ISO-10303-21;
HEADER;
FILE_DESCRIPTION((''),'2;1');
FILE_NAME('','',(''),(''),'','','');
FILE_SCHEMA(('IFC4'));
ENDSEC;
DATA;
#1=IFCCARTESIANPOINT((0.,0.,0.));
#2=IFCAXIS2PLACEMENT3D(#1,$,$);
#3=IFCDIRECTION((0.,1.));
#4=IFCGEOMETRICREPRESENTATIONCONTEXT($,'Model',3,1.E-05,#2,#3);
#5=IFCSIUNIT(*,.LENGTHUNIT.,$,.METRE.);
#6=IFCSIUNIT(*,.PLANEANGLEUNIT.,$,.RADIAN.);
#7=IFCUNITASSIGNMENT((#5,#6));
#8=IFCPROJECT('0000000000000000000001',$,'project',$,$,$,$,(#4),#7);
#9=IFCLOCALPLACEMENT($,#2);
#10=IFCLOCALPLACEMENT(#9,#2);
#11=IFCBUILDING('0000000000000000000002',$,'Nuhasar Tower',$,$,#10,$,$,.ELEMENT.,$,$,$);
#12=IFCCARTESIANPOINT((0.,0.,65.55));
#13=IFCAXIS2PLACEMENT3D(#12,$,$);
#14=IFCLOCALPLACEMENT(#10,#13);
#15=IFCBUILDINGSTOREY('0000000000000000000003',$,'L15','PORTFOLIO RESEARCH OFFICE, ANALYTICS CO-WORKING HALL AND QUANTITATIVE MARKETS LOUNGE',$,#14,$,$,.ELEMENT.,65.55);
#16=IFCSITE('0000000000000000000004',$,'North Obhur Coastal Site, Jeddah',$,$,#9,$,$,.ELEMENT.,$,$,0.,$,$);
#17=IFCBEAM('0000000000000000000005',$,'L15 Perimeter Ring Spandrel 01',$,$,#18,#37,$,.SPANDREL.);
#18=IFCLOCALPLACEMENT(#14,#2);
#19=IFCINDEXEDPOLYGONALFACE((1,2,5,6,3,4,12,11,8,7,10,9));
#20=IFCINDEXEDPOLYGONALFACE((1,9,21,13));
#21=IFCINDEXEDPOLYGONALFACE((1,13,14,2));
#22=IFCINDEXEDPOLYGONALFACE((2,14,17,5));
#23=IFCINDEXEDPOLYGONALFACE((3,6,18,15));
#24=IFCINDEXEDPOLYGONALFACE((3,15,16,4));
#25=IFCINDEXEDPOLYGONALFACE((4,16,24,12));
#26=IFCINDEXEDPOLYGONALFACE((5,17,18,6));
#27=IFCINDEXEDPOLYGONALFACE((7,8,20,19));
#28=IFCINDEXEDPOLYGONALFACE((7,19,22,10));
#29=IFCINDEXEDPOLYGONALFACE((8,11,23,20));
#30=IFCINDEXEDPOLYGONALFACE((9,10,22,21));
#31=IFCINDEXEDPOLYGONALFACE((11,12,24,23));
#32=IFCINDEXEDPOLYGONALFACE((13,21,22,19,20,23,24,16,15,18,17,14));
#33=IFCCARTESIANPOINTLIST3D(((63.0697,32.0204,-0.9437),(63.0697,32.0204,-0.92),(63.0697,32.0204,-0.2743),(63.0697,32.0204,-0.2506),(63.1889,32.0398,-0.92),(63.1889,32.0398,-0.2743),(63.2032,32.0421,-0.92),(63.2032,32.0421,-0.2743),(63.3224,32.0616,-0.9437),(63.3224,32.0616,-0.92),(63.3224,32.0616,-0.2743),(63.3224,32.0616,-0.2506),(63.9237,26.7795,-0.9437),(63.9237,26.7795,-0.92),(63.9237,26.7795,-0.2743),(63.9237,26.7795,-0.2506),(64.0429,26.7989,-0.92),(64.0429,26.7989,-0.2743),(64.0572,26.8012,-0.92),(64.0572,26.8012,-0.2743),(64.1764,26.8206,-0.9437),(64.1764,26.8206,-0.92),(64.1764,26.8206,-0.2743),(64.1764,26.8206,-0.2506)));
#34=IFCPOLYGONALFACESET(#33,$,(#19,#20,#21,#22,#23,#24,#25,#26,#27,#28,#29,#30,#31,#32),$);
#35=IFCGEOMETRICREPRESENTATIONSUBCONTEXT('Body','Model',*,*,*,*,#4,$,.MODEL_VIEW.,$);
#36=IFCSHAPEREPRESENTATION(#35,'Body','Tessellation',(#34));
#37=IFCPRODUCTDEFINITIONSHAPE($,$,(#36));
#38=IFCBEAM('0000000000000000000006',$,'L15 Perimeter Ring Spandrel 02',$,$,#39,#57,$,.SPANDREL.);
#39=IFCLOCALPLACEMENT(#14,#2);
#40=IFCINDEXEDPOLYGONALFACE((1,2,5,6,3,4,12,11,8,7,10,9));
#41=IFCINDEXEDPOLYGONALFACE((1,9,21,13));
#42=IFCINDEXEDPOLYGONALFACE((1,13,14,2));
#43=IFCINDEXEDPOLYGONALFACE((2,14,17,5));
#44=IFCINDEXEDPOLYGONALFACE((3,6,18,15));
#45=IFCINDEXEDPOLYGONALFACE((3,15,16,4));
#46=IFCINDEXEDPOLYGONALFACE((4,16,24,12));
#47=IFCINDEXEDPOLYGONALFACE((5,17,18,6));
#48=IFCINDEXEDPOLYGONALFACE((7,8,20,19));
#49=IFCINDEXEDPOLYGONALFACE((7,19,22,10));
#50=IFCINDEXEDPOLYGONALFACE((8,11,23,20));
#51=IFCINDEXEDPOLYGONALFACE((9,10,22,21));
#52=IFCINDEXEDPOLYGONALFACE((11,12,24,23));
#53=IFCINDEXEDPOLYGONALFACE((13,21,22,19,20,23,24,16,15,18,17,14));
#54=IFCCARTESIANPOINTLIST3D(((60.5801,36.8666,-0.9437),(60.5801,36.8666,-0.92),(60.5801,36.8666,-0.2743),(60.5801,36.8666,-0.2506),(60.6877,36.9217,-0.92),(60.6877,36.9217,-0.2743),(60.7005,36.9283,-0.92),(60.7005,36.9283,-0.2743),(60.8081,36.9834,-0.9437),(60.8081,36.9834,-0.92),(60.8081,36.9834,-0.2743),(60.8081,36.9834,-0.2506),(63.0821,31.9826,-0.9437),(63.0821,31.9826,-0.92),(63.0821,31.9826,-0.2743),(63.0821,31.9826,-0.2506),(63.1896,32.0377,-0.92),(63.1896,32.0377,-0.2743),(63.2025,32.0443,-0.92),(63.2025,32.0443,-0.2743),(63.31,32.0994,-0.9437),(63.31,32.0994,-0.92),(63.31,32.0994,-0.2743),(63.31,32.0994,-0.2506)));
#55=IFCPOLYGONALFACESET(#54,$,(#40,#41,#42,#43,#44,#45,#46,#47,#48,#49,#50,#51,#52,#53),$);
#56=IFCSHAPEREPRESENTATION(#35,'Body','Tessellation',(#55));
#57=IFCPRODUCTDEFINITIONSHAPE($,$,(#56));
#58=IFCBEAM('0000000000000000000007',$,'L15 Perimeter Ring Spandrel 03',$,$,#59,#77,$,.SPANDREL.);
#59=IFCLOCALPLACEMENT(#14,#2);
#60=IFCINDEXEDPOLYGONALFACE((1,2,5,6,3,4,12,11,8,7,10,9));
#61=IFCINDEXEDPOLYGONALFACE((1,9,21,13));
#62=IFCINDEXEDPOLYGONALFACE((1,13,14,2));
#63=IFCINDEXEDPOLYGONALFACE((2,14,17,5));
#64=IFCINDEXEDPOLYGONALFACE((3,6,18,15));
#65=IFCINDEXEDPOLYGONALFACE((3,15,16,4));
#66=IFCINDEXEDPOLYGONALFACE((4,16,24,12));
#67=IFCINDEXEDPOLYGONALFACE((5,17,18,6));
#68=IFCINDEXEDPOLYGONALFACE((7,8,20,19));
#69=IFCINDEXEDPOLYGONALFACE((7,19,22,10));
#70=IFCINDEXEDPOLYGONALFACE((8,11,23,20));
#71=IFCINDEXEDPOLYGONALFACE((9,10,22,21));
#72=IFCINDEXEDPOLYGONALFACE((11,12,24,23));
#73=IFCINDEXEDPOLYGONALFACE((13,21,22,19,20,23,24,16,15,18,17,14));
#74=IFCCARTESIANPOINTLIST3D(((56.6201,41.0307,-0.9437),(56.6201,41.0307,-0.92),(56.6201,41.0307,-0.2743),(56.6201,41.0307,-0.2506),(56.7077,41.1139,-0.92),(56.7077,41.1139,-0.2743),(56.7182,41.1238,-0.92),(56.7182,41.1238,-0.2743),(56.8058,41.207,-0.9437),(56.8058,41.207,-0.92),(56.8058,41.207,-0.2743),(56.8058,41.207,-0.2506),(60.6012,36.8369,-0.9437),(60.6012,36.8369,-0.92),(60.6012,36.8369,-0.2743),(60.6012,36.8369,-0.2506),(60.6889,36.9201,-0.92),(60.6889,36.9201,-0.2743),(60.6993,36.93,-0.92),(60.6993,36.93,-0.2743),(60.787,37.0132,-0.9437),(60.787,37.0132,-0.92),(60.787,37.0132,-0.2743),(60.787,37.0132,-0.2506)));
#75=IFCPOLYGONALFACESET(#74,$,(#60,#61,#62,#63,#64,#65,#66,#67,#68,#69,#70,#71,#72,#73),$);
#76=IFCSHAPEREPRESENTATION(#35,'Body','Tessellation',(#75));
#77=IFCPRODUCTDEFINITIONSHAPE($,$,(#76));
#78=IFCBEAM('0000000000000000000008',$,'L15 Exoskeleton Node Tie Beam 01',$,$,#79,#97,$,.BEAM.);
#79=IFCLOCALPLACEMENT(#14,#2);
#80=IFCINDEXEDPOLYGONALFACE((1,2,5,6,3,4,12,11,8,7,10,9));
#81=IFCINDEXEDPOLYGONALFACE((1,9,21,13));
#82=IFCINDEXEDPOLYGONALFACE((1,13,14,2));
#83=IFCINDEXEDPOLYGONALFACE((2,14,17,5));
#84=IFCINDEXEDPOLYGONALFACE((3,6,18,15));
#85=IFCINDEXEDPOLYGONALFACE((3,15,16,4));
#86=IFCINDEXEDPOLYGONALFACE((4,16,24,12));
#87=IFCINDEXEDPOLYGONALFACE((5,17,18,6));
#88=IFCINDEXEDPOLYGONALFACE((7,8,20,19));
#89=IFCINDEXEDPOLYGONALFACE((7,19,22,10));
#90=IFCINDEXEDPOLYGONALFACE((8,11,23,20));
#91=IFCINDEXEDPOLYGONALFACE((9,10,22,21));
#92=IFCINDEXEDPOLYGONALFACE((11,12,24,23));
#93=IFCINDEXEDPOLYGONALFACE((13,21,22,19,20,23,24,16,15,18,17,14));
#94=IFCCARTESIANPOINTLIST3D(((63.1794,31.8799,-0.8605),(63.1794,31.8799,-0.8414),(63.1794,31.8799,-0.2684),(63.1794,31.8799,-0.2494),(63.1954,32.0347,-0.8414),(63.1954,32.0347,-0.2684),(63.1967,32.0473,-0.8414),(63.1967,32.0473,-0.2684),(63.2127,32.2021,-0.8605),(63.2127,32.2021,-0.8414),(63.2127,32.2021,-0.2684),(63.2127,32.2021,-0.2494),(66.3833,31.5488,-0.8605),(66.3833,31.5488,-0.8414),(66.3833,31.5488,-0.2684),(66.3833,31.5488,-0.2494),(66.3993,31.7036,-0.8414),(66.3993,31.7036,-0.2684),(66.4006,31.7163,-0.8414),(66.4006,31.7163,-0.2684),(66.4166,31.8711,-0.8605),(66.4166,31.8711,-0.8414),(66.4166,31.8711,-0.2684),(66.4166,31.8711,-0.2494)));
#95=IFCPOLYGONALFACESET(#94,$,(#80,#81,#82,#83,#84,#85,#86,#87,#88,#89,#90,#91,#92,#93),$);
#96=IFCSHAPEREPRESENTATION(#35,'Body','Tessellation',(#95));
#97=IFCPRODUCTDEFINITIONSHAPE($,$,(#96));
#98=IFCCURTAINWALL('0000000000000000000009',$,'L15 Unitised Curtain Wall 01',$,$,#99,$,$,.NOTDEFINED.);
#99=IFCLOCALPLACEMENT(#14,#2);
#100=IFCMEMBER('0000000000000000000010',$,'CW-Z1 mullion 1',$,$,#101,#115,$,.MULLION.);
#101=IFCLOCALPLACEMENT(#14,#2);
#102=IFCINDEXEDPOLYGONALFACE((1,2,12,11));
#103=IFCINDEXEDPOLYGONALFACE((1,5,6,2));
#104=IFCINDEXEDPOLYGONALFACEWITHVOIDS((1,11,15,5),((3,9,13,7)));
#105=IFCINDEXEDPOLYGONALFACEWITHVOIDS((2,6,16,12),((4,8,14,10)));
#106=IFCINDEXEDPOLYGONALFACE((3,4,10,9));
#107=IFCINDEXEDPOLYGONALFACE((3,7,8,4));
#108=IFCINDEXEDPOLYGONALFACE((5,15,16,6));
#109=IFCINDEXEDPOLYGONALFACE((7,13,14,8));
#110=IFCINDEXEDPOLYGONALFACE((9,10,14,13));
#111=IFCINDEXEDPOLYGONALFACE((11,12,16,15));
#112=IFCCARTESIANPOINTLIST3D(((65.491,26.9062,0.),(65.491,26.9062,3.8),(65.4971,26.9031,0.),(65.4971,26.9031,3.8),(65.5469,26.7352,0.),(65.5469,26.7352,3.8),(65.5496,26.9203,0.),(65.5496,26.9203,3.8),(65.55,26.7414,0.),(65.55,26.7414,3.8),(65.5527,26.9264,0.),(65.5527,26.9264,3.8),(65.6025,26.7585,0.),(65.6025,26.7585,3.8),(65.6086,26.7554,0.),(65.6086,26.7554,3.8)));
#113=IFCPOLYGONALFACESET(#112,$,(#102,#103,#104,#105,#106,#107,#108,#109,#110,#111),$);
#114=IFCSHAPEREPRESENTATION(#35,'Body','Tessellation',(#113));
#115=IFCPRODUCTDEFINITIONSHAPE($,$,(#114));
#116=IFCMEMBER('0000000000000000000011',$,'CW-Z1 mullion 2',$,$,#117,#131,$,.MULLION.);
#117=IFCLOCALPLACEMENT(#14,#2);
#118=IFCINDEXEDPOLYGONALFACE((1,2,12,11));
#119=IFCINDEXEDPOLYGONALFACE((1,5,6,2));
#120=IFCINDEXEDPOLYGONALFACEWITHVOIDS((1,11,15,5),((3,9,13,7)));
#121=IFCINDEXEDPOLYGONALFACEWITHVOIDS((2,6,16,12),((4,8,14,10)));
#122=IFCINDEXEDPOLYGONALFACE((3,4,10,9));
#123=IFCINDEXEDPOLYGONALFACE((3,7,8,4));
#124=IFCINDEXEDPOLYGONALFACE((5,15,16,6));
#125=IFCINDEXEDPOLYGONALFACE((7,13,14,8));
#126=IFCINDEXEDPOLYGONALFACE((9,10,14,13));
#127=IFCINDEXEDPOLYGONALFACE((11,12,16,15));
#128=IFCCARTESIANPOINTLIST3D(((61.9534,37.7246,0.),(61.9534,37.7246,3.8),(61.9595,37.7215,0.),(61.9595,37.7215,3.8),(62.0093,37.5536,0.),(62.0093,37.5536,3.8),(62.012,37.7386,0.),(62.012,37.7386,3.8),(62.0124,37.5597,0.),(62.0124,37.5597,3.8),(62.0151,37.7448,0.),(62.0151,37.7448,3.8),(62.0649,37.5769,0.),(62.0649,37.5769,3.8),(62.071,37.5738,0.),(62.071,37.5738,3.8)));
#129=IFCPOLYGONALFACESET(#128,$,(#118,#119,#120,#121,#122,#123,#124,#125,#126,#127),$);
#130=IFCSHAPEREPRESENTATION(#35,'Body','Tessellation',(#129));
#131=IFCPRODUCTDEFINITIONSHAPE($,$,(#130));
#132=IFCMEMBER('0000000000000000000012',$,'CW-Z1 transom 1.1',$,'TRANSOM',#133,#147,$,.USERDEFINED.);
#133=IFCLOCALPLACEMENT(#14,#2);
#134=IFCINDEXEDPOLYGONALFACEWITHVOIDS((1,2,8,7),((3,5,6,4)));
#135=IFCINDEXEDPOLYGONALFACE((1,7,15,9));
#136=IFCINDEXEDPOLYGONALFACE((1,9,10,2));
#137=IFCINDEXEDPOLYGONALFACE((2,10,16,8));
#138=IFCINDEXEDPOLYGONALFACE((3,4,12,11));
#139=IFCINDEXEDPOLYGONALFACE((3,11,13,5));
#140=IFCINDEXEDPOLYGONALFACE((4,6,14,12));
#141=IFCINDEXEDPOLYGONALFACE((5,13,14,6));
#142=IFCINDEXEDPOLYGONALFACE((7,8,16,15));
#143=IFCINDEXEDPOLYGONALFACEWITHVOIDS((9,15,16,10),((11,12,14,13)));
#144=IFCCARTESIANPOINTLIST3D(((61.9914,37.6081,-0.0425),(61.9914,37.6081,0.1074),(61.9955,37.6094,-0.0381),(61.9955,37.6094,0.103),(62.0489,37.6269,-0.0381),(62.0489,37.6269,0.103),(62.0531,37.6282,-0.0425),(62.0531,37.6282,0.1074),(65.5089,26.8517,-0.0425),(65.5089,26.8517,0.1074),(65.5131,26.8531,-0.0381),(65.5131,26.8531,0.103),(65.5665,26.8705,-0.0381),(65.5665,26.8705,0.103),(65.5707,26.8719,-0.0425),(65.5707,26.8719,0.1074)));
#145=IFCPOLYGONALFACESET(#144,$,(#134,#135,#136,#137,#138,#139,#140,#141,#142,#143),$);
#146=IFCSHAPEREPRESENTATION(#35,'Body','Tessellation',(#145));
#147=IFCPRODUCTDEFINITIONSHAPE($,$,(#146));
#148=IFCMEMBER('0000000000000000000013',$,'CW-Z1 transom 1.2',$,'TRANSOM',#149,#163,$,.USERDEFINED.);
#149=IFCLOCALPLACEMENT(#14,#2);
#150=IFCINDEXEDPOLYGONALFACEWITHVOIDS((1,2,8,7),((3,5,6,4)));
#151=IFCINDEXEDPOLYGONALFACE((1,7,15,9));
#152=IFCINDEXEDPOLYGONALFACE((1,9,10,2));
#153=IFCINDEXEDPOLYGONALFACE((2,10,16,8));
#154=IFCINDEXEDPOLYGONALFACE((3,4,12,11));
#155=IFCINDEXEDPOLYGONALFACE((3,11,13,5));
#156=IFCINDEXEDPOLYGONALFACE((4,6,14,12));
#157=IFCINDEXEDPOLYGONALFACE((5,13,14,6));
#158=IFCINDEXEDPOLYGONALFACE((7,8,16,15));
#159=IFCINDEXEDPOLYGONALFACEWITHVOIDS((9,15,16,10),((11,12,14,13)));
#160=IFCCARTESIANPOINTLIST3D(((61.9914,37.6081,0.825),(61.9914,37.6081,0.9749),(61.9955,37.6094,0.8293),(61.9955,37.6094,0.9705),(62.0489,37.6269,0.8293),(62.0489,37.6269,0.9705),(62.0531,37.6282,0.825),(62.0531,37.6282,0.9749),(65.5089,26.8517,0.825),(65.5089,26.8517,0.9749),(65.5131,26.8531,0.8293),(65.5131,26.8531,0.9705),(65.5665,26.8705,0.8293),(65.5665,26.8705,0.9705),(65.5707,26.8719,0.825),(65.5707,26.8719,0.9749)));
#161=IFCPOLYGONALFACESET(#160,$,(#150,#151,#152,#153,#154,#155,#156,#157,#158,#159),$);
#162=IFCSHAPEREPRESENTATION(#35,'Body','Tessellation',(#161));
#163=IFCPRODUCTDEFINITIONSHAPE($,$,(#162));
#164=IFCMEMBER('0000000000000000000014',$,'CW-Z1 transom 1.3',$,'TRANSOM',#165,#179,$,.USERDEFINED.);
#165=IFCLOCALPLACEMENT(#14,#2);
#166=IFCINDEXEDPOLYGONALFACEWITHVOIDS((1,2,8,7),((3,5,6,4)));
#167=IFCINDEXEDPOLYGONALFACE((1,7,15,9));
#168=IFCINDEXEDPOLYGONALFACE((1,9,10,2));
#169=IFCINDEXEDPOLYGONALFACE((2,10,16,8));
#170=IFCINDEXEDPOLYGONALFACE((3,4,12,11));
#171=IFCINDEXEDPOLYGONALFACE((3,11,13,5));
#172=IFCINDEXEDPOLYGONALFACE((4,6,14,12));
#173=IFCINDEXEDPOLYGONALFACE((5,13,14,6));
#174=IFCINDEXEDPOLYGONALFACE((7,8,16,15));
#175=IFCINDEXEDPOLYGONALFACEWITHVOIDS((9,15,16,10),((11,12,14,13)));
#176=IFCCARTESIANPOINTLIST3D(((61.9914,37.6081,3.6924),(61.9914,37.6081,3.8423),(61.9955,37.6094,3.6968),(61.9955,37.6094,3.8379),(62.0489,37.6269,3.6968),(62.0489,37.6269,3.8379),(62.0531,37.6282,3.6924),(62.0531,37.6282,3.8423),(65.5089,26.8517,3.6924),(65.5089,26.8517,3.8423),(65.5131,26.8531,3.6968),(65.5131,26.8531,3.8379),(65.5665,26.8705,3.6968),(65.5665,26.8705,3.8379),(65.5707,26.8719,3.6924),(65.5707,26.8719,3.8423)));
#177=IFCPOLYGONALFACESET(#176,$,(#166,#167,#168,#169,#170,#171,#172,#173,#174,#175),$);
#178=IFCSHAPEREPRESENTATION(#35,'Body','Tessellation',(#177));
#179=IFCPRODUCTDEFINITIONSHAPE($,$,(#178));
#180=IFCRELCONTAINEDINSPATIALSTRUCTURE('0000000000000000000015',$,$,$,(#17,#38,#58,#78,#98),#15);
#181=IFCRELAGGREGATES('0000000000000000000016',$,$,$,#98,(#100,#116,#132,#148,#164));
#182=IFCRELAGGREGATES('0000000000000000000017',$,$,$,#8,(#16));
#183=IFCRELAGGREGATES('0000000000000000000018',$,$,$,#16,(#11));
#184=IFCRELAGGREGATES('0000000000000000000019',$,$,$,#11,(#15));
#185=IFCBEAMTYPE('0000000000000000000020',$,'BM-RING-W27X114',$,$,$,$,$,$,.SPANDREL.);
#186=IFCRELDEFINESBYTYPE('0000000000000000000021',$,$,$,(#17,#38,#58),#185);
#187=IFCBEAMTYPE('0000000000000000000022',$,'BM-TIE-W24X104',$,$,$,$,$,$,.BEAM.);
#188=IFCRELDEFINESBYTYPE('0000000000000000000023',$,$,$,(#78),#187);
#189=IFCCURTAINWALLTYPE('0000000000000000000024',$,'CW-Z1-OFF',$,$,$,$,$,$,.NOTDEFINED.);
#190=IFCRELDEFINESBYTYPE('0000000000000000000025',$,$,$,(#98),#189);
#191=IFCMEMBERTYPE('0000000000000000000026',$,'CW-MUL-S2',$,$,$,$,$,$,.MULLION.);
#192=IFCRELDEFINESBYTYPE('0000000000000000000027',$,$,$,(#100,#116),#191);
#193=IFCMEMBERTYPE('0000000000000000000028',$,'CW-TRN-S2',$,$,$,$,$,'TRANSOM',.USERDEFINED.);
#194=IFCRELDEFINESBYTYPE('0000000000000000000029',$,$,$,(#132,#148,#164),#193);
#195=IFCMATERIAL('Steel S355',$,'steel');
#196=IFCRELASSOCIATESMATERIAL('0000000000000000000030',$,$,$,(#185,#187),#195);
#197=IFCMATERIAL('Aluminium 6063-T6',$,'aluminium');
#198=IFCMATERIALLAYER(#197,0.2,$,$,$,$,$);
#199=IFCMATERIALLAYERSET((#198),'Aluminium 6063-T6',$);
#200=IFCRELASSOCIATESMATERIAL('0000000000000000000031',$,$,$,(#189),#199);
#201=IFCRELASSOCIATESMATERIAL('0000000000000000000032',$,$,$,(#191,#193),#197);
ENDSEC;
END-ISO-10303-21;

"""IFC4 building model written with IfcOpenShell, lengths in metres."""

from ifc_helpers import new_model, si_unit, direction, frame, origin, origin_2d, place, context, subcontext, project, spatial, hollow_rectangle, i_section, extrude, material, layer, layer_set, material_profile, profile_set, type_object, element, aggregate, save


model = new_model("IFC4")

# Units and contexts
model_context = context("Model", 3, precision=1e-05, world=origin(), true_north=direction((0.0, 1.0)))
body_context = subcontext(model_context, "Body", "Model", "MODEL_VIEW")
ifc_project = project(units=[si_unit("LENGTHUNIT", "METRE"), si_unit("PLANEANGLEUNIT", "RADIAN")], contexts=[model_context])

# Site, building, storey
site_placement = place(None, origin())
site = spatial("IfcSite", under=ifc_project, at=site_placement, Name="North Obhur Coastal Site, Jeddah", CompositionType="ELEMENT", RefElevation=0.0)
building_placement = place(site_placement, origin())
building = spatial("IfcBuilding", under=site, at=building_placement, Name="Nuhasar Tower", CompositionType="ELEMENT")
storey_placement = place(building_placement, frame((0.0, 0.0, 65.55)))
storey = spatial("IfcBuildingStorey", under=building, at=storey_placement, Name="L15", Description="PORTFOLIO RESEARCH OFFICE, ANALYTICS CO-WORKING HALL AND QUANTITATIVE MARKETS LOUNGE", CompositionType="ELEMENT", Elevation=65.55)

# Beams
ifc_material_1 = material(Name="Steel S355", Category="steel")
ifc_material_profile_1 = material_profile(ifc_material_1, i_section(OverallWidth=0.2561, OverallDepth=0.6931, WebThickness=0.0144, FlangeThickness=0.0237, at=origin_2d()), Name="W27X114")
ifc_profile_set_1 = profile_set([ifc_material_profile_1], Name="Steel S355")
beam_type_1 = type_object("IfcBeamType", Name="BM-RING-W27X114", PredefinedType="SPANDREL", material=ifc_profile_set_1)
beam_1_placement = place(storey_placement, frame((64.05, 26.8, -0.5972), z_axis=(-0.160827, 0.986983, 0.0), x_axis=(-0.986983, -0.160827, 0.0)))
element("IfcBeam", 1, at=beam_1_placement, inside=storey, type_object=beam_type_1, Name="L15 Perimeter Ring Spandrel 01", PredefinedType="SPANDREL", context=body_context, shape_type="SweptSolid", body=[
    extrude(i_section(OverallWidth=0.2561, OverallDepth=0.6931, WebThickness=0.0144, FlangeThickness=0.0237, at=origin_2d()), origin(), (0.0, 0.0, 1.0), 5.3101),
])
beam_2_placement = place(storey_placement, frame((63.196, 32.041, -0.5972), z_axis=(-0.45593, 0.890016, 0.0), x_axis=(-0.890016, -0.45593, 0.0)))
element("IfcBeam", 2, at=beam_2_placement, inside=storey, type_object=beam_type_1, Name="L15 Perimeter Ring Spandrel 02", PredefinedType="SPANDREL", context=body_context, shape_type="SweptSolid", body=[
    extrude(i_section(OverallWidth=0.2561, OverallDepth=0.6931, WebThickness=0.0144, FlangeThickness=0.0237, at=origin_2d()), origin(), (0.0, 0.0, 1.0), 5.4875),
])
beam_3_placement = place(storey_placement, frame((60.6941, 36.925, -0.5972), z_axis=(-0.688481, 0.725254, 0.0), x_axis=(-0.725254, -0.688481, 0.0)))
element("IfcBeam", 3, at=beam_3_placement, inside=storey, type_object=beam_type_1, Name="L15 Perimeter Ring Spandrel 03", PredefinedType="SPANDREL", context=body_context, shape_type="SweptSolid", body=[
    extrude(i_section(OverallWidth=0.2561, OverallDepth=0.6931, WebThickness=0.0144, FlangeThickness=0.0237, at=origin_2d()), origin(), (0.0, 0.0, 1.0), 5.7825),
])
ifc_material_profile_2 = material_profile(ifc_material_1, i_section(OverallWidth=0.324, OverallDepth=0.6111, WebThickness=0.0127, FlangeThickness=0.019, at=origin_2d()), Name="W24X104")
ifc_profile_set_2 = profile_set([ifc_material_profile_2], Name="Steel S355")
beam_type_2 = type_object("IfcBeamType", Name="BM-TIE-W24X104", PredefinedType="BEAM", material=ifc_profile_set_2)
beam_4_placement = place(storey_placement, frame((63.196, 32.041, -0.5549), z_axis=(0.994704, -0.102783, 0.0), x_axis=(0.102783, 0.994704, 0.0)))
element("IfcBeam", 4, at=beam_4_placement, inside=storey, type_object=beam_type_2, Name="L15 Exoskeleton Node Tie Beam 01", PredefinedType="BEAM", context=body_context, shape_type="SweptSolid", body=[
    extrude(i_section(OverallWidth=0.324, OverallDepth=0.6111, WebThickness=0.0127, FlangeThickness=0.019, at=origin_2d()), origin(), (0.0, 0.0, 1.0), 3.2209),
])

# Curtain wall, members
ifc_material_2 = material(Name="Aluminium 6063-T6", Category="aluminium")
ifc_layer_1 = layer(ifc_material_2, 0.2)
ifc_layer_set_1 = layer_set([ifc_layer_1], Name="Aluminium 6063-T6")
curtain_wall_type = type_object("IfcCurtainWallType", Name="CW-Z1-OFF", PredefinedType="NOTDEFINED", material=ifc_layer_set_1)
curtain_wall_placement = place(storey_placement, origin())
curtain_wall = element("IfcCurtainWall", 5, at=curtain_wall_placement, inside=storey, type_object=curtain_wall_type, Name="L15 Unitised Curtain Wall 01", PredefinedType="NOTDEFINED")
ifc_material_profile_3 = material_profile(ifc_material_2, hollow_rectangle(XDim=0.0649, YDim=0.1799, WallThickness=0.0049, at=origin_2d()), Name="CWM-2")
ifc_profile_set_3 = profile_set([ifc_material_profile_3], Name="Aluminium 6063-T6")
member_type_1 = type_object("IfcMemberType", Name="CW-MUL-S2", PredefinedType="MULLION", material=ifc_profile_set_3)
member_1_placement = place(storey_placement, frame((65.5498, 26.8308, 0.0), z_axis=(0.0, 0.0, 1.0), x_axis=(-0.950468, -0.310824, 0.0)))
member_1 = element("IfcMember", 6, at=member_1_placement, type_object=member_type_1, Name="CW-Z1 mullion 1", PredefinedType="MULLION", context=body_context, shape_type="SweptSolid", body=[
    extrude(hollow_rectangle(XDim=0.0649, YDim=0.1799, WallThickness=0.0049, at=origin_2d()), origin(), (0.0, 0.0, 1.0), 3.8),
])
member_2_placement = place(storey_placement, frame((62.0122, 37.6492, 0.0), z_axis=(0.0, 0.0, 1.0), x_axis=(-0.950468, -0.310824, 0.0)))
member_2 = element("IfcMember", 7, at=member_2_placement, type_object=member_type_1, Name="CW-Z1 mullion 2", PredefinedType="MULLION", context=body_context, shape_type="SweptSolid", body=[
    extrude(hollow_rectangle(XDim=0.0649, YDim=0.1799, WallThickness=0.0049, at=origin_2d()), origin(), (0.0, 0.0, 1.0), 3.8),
])
ifc_material_profile_4 = material_profile(ifc_material_2, hollow_rectangle(XDim=0.0649, YDim=0.1499, WallThickness=0.0044, at=origin_2d()), Name="CWT-2")
ifc_profile_set_4 = profile_set([ifc_material_profile_4], Name="Aluminium 6063-T6")
member_type_2 = type_object("IfcMemberType", Name="CW-TRN-S2", ElementType="TRANSOM", PredefinedType="USERDEFINED", material=ifc_profile_set_4)
member_3_placement = place(storey_placement, frame((65.5398, 26.8618, 0.0325), z_axis=(-0.310825, 0.950467, 0.0), x_axis=(-0.950467, -0.310825, 0.0)))
member_3 = element("IfcMember", 8, at=member_3_placement, type_object=member_type_2, Name="CW-Z1 transom 1.1", ObjectType="TRANSOM", PredefinedType="USERDEFINED", context=body_context, shape_type="SweptSolid", body=[
    extrude(hollow_rectangle(XDim=0.0649, YDim=0.1499, WallThickness=0.0044, at=origin_2d()), origin(), (0.0, 0.0, 1.0), 11.3169),
])
member_4_placement = place(storey_placement, frame((65.5398, 26.8618, 0.8999), z_axis=(-0.310825, 0.950467, 0.0), x_axis=(-0.950467, -0.310825, 0.0)))
member_4 = element("IfcMember", 9, at=member_4_placement, type_object=member_type_2, Name="CW-Z1 transom 1.2", ObjectType="TRANSOM", PredefinedType="USERDEFINED", context=body_context, shape_type="SweptSolid", body=[
    extrude(hollow_rectangle(XDim=0.0649, YDim=0.1499, WallThickness=0.0044, at=origin_2d()), origin(), (0.0, 0.0, 1.0), 11.3169),
])
member_5_placement = place(storey_placement, frame((65.5398, 26.8618, 3.7673), z_axis=(-0.310825, 0.950467, 0.0), x_axis=(-0.950467, -0.310825, 0.0)))
member_5 = element("IfcMember", 10, at=member_5_placement, type_object=member_type_2, Name="CW-Z1 transom 1.3", ObjectType="TRANSOM", PredefinedType="USERDEFINED", context=body_context, shape_type="SweptSolid", body=[
    extrude(hollow_rectangle(XDim=0.0649, YDim=0.1499, WallThickness=0.0044, at=origin_2d()), origin(), (0.0, 0.0, 1.0), 11.3169),
])

aggregate(curtain_wall, [member_1, member_2, member_3, member_4, member_5])

save(model, "model.ifc")
